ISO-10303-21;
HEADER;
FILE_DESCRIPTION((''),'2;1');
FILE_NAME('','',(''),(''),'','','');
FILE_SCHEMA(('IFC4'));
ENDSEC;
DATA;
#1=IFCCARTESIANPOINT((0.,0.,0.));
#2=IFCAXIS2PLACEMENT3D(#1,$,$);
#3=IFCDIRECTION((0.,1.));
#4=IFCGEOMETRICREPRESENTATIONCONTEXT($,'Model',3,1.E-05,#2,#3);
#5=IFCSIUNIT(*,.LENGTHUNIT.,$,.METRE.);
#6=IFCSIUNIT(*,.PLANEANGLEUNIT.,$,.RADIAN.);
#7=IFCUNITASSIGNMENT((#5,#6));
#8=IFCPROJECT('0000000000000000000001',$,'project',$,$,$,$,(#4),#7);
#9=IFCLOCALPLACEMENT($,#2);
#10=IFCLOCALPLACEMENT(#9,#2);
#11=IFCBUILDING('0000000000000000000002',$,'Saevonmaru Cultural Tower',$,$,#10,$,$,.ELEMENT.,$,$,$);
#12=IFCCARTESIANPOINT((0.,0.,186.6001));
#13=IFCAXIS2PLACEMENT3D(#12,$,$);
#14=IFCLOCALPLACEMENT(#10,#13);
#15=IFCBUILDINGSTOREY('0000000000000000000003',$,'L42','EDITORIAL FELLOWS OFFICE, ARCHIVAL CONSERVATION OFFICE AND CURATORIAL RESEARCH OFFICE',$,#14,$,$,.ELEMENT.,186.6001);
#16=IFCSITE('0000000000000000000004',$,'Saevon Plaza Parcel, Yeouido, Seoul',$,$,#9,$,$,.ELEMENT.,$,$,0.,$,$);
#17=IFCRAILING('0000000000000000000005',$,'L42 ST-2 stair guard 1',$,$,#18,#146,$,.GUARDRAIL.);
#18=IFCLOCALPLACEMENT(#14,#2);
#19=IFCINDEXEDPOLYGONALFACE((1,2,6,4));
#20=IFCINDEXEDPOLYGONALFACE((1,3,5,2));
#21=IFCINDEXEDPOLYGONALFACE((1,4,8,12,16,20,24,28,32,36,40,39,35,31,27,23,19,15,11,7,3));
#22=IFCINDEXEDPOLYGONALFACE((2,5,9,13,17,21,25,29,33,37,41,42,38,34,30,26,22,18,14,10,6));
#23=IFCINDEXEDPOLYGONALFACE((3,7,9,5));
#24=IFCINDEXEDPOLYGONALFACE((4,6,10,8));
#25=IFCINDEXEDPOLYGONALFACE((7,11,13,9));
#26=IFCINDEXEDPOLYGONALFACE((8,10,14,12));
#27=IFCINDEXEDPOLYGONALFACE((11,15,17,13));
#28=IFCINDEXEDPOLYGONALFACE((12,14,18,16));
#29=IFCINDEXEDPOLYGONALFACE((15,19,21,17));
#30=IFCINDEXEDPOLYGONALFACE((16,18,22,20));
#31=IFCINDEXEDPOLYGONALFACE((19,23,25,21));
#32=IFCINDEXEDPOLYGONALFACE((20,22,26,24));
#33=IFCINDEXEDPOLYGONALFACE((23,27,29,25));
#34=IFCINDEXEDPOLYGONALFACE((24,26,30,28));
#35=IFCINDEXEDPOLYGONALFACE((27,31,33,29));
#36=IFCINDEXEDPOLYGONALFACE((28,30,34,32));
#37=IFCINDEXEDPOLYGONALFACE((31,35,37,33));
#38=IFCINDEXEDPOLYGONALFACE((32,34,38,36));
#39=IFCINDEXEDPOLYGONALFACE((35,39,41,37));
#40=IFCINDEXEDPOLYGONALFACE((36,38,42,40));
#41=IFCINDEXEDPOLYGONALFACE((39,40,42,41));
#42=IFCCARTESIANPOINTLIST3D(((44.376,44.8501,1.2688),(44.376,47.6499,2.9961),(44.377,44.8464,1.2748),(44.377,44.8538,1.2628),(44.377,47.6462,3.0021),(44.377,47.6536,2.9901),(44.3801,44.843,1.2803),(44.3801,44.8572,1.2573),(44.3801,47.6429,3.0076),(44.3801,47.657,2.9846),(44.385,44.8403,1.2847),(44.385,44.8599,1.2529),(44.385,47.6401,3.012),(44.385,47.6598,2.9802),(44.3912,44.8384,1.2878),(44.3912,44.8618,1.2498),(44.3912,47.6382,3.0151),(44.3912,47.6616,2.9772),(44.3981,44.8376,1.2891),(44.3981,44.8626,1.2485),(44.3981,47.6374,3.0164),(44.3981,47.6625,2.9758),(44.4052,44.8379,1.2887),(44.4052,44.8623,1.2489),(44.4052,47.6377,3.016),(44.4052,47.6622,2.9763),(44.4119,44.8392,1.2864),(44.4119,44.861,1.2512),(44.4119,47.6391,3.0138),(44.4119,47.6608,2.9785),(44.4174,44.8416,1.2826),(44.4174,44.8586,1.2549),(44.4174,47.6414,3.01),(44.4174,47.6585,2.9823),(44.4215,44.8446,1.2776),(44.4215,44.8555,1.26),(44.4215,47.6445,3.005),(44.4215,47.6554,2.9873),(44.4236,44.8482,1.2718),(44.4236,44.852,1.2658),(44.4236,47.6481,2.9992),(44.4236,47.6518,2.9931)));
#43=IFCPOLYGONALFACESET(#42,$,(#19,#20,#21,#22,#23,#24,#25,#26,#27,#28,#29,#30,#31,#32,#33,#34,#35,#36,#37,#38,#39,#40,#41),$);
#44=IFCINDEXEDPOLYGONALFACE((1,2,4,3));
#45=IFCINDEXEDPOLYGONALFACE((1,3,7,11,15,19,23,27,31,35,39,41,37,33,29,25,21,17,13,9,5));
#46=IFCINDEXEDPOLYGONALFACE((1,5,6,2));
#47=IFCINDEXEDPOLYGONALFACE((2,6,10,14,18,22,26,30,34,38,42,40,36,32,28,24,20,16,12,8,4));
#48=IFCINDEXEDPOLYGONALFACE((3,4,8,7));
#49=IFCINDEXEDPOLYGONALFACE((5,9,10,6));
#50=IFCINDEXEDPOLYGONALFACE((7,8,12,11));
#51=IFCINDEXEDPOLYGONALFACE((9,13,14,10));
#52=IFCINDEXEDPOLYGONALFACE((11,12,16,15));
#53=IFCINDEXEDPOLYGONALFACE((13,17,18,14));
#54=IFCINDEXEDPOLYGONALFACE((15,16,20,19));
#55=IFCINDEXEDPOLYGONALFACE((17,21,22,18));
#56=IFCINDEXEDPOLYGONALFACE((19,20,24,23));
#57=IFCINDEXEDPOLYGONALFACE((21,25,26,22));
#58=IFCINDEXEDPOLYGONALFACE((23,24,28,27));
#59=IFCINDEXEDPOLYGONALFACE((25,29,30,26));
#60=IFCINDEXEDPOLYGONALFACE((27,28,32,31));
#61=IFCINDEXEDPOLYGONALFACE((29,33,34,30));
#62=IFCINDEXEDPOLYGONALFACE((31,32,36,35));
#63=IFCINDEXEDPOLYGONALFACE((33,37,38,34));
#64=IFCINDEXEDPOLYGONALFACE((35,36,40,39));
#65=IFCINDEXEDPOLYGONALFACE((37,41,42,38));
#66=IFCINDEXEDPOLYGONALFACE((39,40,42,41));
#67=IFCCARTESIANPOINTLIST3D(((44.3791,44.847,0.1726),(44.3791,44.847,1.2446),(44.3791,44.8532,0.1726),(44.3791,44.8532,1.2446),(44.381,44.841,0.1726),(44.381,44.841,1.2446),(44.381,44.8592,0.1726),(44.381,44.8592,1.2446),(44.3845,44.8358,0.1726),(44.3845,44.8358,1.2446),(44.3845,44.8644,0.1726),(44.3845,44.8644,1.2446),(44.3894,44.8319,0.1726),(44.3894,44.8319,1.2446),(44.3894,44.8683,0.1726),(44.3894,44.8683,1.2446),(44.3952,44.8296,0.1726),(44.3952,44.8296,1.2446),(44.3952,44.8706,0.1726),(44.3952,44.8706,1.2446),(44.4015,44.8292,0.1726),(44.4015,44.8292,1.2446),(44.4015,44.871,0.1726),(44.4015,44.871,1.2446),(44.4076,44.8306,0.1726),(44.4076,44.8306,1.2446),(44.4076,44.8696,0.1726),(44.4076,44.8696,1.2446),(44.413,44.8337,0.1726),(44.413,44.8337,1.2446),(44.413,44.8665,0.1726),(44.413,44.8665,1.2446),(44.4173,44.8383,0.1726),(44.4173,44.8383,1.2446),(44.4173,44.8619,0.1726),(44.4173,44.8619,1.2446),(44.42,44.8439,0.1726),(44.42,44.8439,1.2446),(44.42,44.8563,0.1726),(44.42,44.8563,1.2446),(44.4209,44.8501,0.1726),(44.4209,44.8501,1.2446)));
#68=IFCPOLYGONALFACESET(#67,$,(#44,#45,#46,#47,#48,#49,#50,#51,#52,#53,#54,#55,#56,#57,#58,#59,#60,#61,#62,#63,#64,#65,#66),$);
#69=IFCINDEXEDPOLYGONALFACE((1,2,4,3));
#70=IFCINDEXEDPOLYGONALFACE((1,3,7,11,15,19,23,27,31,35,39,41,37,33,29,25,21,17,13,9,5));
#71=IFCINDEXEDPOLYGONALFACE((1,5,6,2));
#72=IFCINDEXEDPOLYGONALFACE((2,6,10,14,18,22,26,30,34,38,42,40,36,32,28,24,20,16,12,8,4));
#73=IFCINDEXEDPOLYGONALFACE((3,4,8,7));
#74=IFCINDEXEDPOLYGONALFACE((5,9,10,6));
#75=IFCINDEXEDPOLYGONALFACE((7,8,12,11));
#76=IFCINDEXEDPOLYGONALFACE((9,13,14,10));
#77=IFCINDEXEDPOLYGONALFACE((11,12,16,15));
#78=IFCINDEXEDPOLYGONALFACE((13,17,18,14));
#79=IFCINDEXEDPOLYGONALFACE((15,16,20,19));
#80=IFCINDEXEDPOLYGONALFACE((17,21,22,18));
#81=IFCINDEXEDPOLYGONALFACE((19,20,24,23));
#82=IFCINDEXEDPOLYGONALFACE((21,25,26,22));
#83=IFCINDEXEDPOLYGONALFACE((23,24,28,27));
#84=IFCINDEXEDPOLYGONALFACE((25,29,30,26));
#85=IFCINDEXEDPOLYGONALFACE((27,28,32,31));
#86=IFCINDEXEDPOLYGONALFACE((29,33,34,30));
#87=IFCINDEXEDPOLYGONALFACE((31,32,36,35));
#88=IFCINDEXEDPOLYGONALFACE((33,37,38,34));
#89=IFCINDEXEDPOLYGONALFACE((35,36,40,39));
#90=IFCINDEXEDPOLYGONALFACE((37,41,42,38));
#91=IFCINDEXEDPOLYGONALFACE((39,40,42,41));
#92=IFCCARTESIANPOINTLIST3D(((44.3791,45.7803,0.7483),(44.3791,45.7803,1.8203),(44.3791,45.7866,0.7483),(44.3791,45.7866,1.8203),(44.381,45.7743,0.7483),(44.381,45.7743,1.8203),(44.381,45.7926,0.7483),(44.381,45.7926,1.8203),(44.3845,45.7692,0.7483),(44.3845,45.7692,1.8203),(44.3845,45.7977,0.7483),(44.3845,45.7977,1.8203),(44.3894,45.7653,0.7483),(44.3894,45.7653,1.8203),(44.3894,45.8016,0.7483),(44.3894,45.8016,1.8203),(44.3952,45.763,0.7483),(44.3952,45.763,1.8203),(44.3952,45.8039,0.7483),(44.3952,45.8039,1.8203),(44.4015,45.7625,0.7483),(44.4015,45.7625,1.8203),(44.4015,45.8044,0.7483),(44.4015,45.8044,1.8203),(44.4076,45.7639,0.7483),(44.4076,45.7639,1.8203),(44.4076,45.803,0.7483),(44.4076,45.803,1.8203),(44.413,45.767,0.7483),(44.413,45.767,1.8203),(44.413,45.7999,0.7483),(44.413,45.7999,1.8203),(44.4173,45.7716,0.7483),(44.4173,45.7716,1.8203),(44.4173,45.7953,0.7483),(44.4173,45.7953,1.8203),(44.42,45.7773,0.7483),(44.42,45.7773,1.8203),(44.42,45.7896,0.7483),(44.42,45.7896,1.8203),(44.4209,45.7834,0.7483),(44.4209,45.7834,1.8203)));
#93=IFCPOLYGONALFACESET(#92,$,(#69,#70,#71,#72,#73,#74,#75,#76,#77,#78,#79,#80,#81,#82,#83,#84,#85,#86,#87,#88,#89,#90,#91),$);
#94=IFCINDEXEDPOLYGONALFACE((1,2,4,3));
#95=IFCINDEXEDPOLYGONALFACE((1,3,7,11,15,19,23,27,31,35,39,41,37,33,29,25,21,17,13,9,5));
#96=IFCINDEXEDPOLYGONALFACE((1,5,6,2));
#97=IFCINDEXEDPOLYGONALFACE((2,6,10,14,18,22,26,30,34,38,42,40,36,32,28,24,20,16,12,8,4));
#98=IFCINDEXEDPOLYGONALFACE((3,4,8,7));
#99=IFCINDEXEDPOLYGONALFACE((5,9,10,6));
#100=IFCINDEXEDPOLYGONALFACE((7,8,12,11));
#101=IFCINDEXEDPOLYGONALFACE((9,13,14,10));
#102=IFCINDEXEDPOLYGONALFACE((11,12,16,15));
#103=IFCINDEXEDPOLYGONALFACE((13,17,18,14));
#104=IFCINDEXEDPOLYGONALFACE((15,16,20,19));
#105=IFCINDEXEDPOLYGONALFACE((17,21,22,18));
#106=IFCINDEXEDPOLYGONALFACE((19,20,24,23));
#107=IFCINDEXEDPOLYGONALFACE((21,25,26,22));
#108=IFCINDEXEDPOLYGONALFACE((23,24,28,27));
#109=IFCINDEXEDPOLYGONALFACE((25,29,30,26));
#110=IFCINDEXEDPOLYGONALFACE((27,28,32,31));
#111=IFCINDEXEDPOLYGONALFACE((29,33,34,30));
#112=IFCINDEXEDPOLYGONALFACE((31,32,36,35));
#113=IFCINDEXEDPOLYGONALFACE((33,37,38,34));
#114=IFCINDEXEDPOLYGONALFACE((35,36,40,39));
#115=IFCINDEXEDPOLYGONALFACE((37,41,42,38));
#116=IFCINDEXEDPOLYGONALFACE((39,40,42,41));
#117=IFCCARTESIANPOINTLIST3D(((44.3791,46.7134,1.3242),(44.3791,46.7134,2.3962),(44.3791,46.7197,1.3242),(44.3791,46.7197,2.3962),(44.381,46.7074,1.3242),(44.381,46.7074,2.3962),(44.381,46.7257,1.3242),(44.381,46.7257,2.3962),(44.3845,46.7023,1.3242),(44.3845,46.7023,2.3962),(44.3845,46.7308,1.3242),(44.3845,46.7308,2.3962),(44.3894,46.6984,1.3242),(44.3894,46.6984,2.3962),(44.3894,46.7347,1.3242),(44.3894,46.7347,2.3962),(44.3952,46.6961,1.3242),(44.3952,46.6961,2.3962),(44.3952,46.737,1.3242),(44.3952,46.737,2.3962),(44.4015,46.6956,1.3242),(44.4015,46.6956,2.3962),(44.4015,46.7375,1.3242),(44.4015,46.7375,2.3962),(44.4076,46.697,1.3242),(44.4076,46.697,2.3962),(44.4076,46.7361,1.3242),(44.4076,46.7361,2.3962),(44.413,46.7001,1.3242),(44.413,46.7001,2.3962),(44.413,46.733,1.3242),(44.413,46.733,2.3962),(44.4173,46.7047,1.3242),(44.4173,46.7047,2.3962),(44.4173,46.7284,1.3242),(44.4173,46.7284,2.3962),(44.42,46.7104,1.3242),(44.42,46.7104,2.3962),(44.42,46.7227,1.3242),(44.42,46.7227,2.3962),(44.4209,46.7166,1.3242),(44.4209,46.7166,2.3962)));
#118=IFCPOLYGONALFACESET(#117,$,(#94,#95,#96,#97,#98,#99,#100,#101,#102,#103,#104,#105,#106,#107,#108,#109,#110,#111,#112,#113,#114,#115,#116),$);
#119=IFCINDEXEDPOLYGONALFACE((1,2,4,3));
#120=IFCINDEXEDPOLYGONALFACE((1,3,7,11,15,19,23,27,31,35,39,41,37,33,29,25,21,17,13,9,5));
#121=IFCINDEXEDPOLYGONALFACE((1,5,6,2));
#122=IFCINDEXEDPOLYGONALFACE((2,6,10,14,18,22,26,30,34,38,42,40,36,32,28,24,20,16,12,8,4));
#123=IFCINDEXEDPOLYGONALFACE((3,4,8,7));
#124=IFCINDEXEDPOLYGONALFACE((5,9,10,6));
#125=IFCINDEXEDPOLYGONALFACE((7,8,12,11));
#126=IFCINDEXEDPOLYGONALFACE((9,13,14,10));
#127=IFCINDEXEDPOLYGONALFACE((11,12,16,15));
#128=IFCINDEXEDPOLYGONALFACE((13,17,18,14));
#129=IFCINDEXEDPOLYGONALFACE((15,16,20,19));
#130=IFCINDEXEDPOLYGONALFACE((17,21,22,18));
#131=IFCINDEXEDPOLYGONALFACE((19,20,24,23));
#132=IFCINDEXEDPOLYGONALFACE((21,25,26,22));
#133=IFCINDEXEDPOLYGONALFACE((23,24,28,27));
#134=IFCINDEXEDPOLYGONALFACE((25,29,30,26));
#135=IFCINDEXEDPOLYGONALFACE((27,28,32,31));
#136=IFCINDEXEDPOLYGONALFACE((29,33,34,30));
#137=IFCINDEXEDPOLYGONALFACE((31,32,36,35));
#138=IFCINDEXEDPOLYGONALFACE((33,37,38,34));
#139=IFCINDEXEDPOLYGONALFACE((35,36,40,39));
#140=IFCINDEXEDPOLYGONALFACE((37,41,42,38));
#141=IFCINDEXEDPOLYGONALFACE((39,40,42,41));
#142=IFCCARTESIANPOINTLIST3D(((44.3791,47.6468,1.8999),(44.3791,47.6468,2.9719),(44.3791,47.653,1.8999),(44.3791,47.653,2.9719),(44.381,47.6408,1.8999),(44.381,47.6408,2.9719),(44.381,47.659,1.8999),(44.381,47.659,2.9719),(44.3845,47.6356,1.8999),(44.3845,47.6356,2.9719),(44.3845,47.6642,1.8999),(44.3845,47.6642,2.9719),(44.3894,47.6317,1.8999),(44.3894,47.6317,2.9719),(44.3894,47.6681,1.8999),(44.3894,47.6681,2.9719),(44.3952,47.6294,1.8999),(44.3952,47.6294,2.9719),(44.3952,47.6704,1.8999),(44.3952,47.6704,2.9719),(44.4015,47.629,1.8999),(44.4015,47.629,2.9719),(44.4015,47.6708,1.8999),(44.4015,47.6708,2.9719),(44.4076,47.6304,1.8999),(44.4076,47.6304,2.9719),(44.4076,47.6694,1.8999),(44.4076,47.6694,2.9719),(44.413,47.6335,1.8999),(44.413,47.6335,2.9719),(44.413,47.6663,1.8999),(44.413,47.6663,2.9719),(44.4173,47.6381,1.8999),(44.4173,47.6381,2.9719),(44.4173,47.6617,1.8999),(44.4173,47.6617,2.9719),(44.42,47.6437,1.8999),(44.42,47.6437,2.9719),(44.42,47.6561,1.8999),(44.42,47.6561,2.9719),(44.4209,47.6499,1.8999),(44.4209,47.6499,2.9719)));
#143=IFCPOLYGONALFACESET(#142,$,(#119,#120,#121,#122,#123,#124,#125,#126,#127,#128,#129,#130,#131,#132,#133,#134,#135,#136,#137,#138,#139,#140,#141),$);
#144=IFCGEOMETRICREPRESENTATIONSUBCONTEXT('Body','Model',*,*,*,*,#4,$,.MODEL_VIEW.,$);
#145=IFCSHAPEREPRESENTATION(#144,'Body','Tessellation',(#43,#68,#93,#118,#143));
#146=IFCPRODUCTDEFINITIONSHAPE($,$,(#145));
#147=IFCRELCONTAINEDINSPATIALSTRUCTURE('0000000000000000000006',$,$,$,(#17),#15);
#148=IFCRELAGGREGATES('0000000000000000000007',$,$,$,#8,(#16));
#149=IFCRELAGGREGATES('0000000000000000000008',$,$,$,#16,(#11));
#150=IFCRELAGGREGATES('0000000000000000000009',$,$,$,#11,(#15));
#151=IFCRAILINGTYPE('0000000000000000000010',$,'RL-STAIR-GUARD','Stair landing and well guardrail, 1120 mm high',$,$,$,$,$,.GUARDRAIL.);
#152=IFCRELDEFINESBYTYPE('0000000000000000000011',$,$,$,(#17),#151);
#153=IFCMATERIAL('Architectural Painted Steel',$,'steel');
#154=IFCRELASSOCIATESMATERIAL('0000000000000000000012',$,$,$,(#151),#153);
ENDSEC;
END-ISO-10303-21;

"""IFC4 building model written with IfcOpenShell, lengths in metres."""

from ifc_helpers import new_model, si_unit, direction, frame, origin, origin_2d, place, context, subcontext, project, spatial, circle, extrude, material, type_object, element, save


model = new_model("IFC4")

# Units and contexts
model_context = context("Model", 3, precision=1e-05, world=origin(), true_north=direction((0.0, 1.0)))
body_context = subcontext(model_context, "Body", "Model", "MODEL_VIEW")
ifc_project = project(units=[si_unit("LENGTHUNIT", "METRE"), si_unit("PLANEANGLEUNIT", "RADIAN")], contexts=[model_context])

# Site, building, storey
site_placement = place(None, origin())
site = spatial("IfcSite", under=ifc_project, at=site_placement, Name="Saevon Plaza Parcel, Yeouido, Seoul", CompositionType="ELEMENT", RefElevation=0.0)
building_placement = place(site_placement, origin())
building = spatial("IfcBuilding", under=site, at=building_placement, Name="Saevonmaru Cultural Tower", CompositionType="ELEMENT")
storey_placement = place(building_placement, frame((0.0, 0.0, 186.6001)))
storey = spatial("IfcBuildingStorey", under=building, at=storey_placement, Name="L42", Description="EDITORIAL FELLOWS OFFICE, ARCHIVAL CONSERVATION OFFICE AND CURATORIAL RESEARCH OFFICE", CompositionType="ELEMENT", Elevation=186.6001)

# Railing
ifc_material_1 = material(Name="Architectural Painted Steel", Category="steel")
railing_type_1 = type_object("IfcRailingType", Name="RL-STAIR-GUARD", Description="Stair landing and well guardrail, 1120 mm high", PredefinedType="GUARDRAIL", material=ifc_material_1)
railing_1_placement = place(storey_placement, frame((44.3999, 44.8501, 0.1726)))
element("IfcRailing", 1, at=railing_1_placement, inside=storey, type_object=railing_type_1, Name="L42 ST-2 stair guard 1", PredefinedType="GUARDRAIL", context=body_context, shape_type="SweptSolid", body=[
    extrude(circle(Radius=0.0239, at=origin_2d()), frame((0.0, 0.0, 1.0962), z_axis=(0.0, 0.851069, 0.525054), x_axis=(-1.0, 0.0, 0.0)), (0.0, 0.0, 1.0), 3.2898),
    extrude(circle(Radius=0.021, at=origin_2d()), origin(), (0.0, 0.0, 1.0), 1.072),
    extrude(circle(Radius=0.021, at=origin_2d()), frame((0.0, 0.9333, 0.5757)), (0.0, 0.0, 1.0), 1.072),
    extrude(circle(Radius=0.021, at=origin_2d()), frame((0.0, 1.8665, 1.1516)), (0.0, 0.0, 1.0), 1.072),
    extrude(circle(Radius=0.021, at=origin_2d()), frame((0.0, 2.7998, 1.7273)), (0.0, 0.0, 1.0), 1.072),
])

save(model, "model.ifc")
